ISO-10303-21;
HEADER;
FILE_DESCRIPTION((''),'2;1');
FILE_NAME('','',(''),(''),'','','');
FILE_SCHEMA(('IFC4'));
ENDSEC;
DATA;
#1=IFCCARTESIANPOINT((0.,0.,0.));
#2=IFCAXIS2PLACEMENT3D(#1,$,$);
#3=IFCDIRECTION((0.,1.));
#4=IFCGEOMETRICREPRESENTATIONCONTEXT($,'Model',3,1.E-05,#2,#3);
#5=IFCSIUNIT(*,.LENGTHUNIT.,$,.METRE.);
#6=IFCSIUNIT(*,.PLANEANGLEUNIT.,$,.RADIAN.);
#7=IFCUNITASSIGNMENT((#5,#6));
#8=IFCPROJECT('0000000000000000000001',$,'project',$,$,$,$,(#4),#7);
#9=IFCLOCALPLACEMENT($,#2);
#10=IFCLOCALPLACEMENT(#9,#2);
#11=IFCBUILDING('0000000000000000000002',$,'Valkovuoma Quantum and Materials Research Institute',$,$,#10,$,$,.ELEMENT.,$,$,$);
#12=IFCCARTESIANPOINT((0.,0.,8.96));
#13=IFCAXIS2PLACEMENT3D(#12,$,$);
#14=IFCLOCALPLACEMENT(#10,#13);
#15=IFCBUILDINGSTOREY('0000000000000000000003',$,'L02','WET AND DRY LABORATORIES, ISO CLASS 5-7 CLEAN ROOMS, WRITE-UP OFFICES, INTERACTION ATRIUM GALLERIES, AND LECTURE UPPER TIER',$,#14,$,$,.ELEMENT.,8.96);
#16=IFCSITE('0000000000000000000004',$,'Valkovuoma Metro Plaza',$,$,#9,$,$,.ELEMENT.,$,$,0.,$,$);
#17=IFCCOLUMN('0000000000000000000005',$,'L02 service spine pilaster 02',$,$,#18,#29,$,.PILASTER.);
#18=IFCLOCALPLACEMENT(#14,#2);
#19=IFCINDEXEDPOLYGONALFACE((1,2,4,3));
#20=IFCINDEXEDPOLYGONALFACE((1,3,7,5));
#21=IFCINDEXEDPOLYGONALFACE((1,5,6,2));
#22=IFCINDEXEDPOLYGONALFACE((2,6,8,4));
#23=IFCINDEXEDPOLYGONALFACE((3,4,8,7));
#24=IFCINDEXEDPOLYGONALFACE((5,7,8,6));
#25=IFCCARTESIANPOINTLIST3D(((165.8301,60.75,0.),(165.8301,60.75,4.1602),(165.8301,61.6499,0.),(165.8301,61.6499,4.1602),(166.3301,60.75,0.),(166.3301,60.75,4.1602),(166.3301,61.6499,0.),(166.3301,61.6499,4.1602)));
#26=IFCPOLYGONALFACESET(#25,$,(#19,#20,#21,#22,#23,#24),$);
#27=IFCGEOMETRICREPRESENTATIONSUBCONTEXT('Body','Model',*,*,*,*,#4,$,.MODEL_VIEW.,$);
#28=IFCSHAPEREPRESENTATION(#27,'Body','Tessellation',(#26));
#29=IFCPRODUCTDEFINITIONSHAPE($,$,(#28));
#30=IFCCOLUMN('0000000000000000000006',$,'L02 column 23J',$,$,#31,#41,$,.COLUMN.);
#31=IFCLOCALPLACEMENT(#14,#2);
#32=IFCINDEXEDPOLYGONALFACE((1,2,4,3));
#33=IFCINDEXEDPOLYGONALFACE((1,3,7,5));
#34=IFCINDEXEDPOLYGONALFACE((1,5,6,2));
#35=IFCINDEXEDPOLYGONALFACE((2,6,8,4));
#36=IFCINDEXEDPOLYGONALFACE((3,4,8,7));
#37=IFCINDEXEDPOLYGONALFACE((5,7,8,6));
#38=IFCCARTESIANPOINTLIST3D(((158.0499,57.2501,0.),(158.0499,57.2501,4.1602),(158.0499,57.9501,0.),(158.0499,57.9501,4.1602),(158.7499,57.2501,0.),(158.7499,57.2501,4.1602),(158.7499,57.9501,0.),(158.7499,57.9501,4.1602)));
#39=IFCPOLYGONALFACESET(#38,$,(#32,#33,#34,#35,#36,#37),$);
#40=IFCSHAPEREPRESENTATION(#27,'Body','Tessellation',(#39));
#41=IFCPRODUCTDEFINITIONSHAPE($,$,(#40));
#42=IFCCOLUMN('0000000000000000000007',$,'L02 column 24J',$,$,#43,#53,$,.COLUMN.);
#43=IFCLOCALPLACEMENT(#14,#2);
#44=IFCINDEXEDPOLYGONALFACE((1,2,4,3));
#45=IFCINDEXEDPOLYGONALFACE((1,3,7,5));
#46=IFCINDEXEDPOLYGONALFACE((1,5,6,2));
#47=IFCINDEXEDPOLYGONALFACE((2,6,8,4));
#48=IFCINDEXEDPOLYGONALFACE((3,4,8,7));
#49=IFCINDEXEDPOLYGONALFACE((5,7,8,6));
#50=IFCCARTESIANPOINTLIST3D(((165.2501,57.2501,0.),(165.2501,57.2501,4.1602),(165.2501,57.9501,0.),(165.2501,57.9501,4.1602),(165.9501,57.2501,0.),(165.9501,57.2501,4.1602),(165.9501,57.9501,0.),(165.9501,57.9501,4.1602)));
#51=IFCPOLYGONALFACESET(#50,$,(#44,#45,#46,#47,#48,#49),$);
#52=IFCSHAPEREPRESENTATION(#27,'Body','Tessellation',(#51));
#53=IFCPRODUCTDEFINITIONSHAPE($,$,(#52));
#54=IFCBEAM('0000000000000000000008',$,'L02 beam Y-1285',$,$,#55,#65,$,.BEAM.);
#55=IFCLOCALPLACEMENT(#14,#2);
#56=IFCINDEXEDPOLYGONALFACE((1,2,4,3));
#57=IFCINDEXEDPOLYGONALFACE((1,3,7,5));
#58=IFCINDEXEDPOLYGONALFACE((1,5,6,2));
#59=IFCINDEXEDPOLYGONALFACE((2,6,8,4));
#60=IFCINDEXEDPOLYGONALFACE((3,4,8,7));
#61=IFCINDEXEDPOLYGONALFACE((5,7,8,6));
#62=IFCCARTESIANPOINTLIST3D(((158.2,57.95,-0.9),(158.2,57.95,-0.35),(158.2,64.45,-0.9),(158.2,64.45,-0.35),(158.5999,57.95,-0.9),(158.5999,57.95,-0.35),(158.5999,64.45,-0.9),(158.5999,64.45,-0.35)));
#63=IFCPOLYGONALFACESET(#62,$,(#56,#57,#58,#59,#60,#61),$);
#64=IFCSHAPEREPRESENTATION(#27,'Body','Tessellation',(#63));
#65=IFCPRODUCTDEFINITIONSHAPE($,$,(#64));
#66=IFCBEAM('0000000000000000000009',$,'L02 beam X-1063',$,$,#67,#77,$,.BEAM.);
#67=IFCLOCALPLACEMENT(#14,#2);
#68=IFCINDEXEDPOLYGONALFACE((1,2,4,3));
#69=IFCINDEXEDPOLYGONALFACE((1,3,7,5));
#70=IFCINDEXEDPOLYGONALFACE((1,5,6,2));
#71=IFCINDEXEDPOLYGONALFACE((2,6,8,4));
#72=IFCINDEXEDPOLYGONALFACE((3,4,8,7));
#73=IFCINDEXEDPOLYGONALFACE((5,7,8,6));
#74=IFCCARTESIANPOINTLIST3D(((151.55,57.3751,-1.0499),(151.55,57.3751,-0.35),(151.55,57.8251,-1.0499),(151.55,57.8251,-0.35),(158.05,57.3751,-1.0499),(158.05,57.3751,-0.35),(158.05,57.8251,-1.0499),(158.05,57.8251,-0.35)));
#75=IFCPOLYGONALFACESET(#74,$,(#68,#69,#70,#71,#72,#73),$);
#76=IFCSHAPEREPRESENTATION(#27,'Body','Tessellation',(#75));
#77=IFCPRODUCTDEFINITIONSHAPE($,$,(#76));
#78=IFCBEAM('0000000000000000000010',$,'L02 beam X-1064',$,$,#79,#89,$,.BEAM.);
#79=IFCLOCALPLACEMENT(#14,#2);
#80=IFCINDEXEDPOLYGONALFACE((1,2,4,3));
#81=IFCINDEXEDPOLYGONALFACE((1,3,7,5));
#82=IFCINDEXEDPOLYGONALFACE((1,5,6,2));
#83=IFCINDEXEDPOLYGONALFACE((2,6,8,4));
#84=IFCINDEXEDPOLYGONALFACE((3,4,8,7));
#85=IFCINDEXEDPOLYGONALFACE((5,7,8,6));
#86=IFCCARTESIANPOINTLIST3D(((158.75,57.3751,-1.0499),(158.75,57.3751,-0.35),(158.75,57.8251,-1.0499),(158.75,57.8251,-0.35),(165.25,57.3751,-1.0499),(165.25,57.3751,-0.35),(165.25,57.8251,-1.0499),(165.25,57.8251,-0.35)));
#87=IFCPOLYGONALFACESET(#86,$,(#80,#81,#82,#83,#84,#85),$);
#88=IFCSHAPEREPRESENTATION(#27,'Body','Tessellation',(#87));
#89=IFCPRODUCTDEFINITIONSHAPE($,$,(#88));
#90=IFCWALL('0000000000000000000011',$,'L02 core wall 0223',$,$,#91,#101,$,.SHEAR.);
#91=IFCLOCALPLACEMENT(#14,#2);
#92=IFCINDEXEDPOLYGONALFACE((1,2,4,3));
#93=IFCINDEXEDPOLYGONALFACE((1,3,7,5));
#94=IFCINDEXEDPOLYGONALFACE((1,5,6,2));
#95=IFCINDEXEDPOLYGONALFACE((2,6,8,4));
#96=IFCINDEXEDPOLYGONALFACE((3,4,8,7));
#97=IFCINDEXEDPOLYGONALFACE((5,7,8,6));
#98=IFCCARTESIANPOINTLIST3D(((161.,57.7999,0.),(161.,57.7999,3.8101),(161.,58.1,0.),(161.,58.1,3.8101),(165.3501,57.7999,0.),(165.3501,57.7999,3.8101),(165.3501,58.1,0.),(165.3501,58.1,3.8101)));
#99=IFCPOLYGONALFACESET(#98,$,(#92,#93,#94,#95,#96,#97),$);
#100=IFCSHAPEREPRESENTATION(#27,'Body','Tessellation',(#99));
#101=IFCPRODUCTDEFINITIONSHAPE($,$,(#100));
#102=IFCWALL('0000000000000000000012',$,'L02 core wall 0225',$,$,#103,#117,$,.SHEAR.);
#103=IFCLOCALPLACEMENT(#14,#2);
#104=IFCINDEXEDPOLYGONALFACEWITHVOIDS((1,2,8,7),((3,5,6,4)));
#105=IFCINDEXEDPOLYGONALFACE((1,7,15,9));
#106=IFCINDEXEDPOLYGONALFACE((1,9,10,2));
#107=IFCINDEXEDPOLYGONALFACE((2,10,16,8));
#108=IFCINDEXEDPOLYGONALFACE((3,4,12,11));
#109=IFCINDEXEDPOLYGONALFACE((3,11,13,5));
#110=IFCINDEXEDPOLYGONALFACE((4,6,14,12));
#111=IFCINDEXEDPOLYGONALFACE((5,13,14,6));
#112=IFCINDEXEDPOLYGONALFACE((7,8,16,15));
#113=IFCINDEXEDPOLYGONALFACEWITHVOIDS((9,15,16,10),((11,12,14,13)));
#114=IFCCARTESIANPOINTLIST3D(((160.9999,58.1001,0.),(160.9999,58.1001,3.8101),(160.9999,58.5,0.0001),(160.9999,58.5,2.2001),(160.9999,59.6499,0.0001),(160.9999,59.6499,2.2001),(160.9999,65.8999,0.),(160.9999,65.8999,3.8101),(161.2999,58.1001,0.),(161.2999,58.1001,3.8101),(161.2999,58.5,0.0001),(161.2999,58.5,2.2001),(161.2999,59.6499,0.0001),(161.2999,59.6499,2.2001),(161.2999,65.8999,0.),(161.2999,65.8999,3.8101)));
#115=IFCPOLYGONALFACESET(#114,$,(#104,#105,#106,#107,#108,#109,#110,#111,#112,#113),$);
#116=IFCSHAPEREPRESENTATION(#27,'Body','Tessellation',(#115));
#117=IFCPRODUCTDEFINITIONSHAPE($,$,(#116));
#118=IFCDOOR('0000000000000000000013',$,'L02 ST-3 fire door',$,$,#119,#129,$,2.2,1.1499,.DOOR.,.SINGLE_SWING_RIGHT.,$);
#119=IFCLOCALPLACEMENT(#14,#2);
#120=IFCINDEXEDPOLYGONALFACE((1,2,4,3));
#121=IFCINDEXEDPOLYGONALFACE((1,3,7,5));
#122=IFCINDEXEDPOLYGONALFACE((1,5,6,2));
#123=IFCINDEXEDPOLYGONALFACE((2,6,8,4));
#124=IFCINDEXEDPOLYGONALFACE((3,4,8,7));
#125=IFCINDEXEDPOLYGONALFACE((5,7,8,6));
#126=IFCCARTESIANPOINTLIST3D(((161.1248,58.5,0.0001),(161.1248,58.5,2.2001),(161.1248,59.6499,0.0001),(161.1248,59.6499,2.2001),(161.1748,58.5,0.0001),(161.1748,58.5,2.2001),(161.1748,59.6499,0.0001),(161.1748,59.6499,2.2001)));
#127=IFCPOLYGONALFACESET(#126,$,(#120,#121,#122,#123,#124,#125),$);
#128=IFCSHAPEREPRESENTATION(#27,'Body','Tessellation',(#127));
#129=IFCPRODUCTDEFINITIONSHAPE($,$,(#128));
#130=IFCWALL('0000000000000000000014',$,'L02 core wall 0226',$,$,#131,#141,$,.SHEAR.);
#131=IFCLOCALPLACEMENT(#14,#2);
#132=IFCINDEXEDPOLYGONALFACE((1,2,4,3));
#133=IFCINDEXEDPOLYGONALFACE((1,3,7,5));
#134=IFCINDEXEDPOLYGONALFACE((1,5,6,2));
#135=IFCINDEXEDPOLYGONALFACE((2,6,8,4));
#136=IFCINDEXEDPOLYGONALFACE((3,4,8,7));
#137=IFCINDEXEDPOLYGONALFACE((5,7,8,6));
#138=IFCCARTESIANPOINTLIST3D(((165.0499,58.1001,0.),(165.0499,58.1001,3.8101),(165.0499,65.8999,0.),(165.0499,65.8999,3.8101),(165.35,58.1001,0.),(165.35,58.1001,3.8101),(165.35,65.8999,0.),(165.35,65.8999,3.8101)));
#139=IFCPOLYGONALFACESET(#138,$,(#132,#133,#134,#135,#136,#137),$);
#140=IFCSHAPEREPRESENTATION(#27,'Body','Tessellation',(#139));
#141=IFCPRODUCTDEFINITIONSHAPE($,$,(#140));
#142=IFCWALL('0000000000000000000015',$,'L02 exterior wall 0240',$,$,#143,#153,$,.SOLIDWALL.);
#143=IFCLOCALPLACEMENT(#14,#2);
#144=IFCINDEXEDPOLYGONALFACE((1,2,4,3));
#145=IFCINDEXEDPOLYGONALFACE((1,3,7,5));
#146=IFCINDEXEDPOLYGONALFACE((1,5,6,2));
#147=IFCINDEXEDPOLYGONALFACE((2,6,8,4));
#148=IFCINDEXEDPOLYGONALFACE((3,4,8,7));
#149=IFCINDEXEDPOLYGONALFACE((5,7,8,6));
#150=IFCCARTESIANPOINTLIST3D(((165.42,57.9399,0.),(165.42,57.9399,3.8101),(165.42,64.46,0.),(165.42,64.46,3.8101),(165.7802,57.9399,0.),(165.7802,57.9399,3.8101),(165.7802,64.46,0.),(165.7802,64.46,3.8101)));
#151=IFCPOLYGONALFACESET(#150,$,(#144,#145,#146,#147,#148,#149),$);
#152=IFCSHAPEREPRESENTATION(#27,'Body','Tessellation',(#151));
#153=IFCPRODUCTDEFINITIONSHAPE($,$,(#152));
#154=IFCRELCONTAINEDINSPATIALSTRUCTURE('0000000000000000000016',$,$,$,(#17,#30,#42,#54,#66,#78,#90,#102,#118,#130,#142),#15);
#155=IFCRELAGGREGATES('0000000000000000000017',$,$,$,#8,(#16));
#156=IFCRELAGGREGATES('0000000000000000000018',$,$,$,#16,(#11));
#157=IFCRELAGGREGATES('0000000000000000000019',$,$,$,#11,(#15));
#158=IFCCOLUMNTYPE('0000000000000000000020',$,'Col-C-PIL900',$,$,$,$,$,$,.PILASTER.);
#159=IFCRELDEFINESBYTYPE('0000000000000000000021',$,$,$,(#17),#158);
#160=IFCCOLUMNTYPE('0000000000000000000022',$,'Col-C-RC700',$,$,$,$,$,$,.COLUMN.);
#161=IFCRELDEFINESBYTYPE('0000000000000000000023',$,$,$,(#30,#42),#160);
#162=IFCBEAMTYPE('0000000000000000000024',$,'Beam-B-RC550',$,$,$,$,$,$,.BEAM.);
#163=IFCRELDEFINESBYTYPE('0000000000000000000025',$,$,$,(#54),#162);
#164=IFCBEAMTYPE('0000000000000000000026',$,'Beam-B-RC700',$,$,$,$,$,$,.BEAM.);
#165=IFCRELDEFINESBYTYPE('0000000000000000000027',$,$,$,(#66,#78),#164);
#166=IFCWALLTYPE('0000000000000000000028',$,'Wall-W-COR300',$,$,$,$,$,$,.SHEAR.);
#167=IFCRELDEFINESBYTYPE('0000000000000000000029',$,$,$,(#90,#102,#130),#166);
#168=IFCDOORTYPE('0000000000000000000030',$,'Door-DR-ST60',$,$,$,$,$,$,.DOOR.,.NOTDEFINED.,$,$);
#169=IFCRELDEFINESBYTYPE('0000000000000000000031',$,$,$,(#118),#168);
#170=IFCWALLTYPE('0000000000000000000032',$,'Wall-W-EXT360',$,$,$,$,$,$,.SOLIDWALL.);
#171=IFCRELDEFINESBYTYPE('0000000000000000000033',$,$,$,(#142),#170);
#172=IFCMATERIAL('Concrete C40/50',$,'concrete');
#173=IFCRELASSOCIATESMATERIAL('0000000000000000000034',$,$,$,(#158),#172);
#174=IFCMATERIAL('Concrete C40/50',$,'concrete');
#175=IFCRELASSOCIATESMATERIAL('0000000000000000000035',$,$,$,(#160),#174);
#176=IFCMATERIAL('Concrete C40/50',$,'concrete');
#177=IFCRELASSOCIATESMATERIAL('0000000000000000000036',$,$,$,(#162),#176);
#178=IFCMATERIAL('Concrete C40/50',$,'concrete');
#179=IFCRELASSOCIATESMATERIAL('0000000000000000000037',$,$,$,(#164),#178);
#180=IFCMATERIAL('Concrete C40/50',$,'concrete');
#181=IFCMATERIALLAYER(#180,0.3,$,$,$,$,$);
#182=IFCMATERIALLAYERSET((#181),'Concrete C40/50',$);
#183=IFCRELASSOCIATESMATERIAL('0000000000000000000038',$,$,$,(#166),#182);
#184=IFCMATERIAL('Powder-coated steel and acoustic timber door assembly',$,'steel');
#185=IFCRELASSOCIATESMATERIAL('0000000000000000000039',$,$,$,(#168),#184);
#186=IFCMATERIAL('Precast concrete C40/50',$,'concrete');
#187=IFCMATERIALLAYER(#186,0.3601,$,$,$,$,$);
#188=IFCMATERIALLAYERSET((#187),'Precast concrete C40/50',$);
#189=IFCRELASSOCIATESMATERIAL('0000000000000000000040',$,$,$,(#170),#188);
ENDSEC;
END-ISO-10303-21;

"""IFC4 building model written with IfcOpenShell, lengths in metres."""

from ifc_helpers import new_model, si_unit, direction, frame, frame_2d, origin, origin_2d, place, context, subcontext, project, spatial, rectangle, extrude, material, layer, layer_set, material_profile, profile_set, type_object, element, fill, save


model = new_model("IFC4")

# Units and contexts
model_context = context("Model", 3, precision=1e-05, world=origin(), true_north=direction((0.0, 1.0)))
body_context = subcontext(model_context, "Body", "Model", "MODEL_VIEW")
ifc_project = project(units=[si_unit("LENGTHUNIT", "METRE"), si_unit("PLANEANGLEUNIT", "RADIAN")], contexts=[model_context])

# Site, building, storey
site_placement = place(None, origin())
site = spatial("IfcSite", under=ifc_project, at=site_placement, Name="Valkovuoma Metro Plaza", CompositionType="ELEMENT", RefElevation=0.0)
building_placement = place(site_placement, origin())
building = spatial("IfcBuilding", under=site, at=building_placement, Name="Valkovuoma Quantum and Materials Research Institute", CompositionType="ELEMENT")
storey_placement = place(building_placement, frame((0.0, 0.0, 8.96)))
storey = spatial("IfcBuildingStorey", under=building, at=storey_placement, Name="L02", Description="WET AND DRY LABORATORIES, ISO CLASS 5-7 CLEAN ROOMS, WRITE-UP OFFICES, INTERACTION ATRIUM GALLERIES, AND LECTURE UPPER TIER", CompositionType="ELEMENT", Elevation=8.96)

# Columns
ifc_material_1 = material(Name="Concrete C40/50", Category="concrete")
ifc_material_profile_1 = material_profile(ifc_material_1, rectangle(XDim=0.5, YDim=0.8999, at=origin_2d()), Name="Concrete C40/50")
ifc_profile_set_1 = profile_set([ifc_material_profile_1], Name="Concrete C40/50")
column_type_1 = type_object("IfcColumnType", Name="Col-C-PIL900", PredefinedType="PILASTER", material=ifc_profile_set_1)
column_placement = place(storey_placement, frame((166.0801, 61.2, 0.0), z_axis=(0.0, 0.0, 1.0), x_axis=(1.0, 0.0, 0.0)))
element("IfcColumn", 1, at=column_placement, inside=storey, type_object=column_type_1, Name="L02 service spine pilaster 02", PredefinedType="PILASTER", context=body_context, shape_type="SweptSolid", body=[
    extrude(rectangle(XDim=0.5, YDim=0.8999, at=origin_2d()), origin(), (0.0, 0.0, 1.0), 4.1602),
])
ifc_material_2 = material(Name="Concrete C40/50", Category="concrete")
ifc_material_profile_2 = material_profile(ifc_material_2, rectangle(XDim=0.7, YDim=0.7, at=origin_2d()), Name="Concrete C40/50")
ifc_profile_set_2 = profile_set([ifc_material_profile_2], Name="Concrete C40/50")
column_type_2 = type_object("IfcColumnType", Name="Col-C-RC700", PredefinedType="COLUMN", material=ifc_profile_set_2)
for number, where, z_axis, x_axis, name in (
    (2, (158.3999, 57.6001, 0.0), (0.0, 0.0, 1.0), (1.0, 0.0, 0.0), "L02 column 23J"),
    (3, (165.6001, 57.6001, 0.0), (0.0, 0.0, 1.0), (1.0, 0.0, 0.0), "L02 column 24J"),
):
    element("IfcColumn", number, at=place(storey_placement, frame(where, z_axis=z_axis, x_axis=x_axis)), inside=storey, type_object=column_type_2, Name=name, PredefinedType="COLUMN", context=body_context, shape_type="SweptSolid", body=[
        extrude(rectangle(XDim=0.7, YDim=0.7, at=origin_2d()), origin(), (0.0, 0.0, 1.0), 4.1602),
    ])

# Beams
ifc_material_3 = material(Name="Concrete C40/50", Category="concrete")
ifc_material_profile_3 = material_profile(ifc_material_3, rectangle(XDim=0.3999, YDim=0.55, at=origin_2d()), Name="Concrete C40/50")
ifc_profile_set_3 = profile_set([ifc_material_profile_3], Name="Concrete C40/50")
beam_type_1 = type_object("IfcBeamType", Name="Beam-B-RC550", PredefinedType="BEAM", material=ifc_profile_set_3)
beam_placement = place(storey_placement, frame((158.3999, 57.95, -0.625), z_axis=(0.0, 1.0, 0.0), x_axis=(-1.0, 0.0, 0.0)))
element("IfcBeam", 4, at=beam_placement, inside=storey, type_object=beam_type_1, Name="L02 beam Y-1285", PredefinedType="BEAM", context=body_context, shape_type="SweptSolid", body=[
    extrude(rectangle(XDim=0.3999, YDim=0.55, at=origin_2d()), origin(), (0.0, 0.0, 1.0), 6.5),
])
ifc_material_4 = material(Name="Concrete C40/50", Category="concrete")
ifc_material_profile_4 = material_profile(ifc_material_4, rectangle(XDim=0.45, YDim=0.7, at=origin_2d()), Name="Concrete C40/50")
ifc_profile_set_4 = profile_set([ifc_material_profile_4], Name="Concrete C40/50")
beam_type_2 = type_object("IfcBeamType", Name="Beam-B-RC700", PredefinedType="BEAM", material=ifc_profile_set_4)
for number, where, z_axis, x_axis, name in (
    (5, (151.55, 57.6001, -0.7), (1.0, 0.0, 0.0), (0.0, 1.0, 0.0), "L02 beam X-1063"),
    (6, (158.75, 57.6001, -0.7), (1.0, 0.0, 0.0), (0.0, 1.0, 0.0), "L02 beam X-1064"),
):
    element("IfcBeam", number, at=place(storey_placement, frame(where, z_axis=z_axis, x_axis=x_axis)), inside=storey, type_object=beam_type_2, Name=name, PredefinedType="BEAM", context=body_context, shape_type="SweptSolid", body=[
        extrude(rectangle(XDim=0.45, YDim=0.7, at=origin_2d()), origin(), (0.0, 0.0, 1.0), 6.5),
    ])

# Wall
ifc_material_5 = material(Name="Concrete C40/50", Category="concrete")
ifc_layer_1 = layer(ifc_material_5, 0.3)
ifc_layer_set_1 = layer_set([ifc_layer_1], Name="Concrete C40/50")
wall_type_1 = type_object("IfcWallType", Name="Wall-W-COR300", PredefinedType="SHEAR", material=ifc_layer_set_1)
wall_1_placement = place(storey_placement, frame((161.0, 57.95, 0.0), z_axis=(0.0, 0.0, 1.0), x_axis=(1.0, 0.0, 0.0)))
element("IfcWall", 7, at=wall_1_placement, inside=storey, type_object=wall_type_1, Name="L02 core wall 0223", PredefinedType="SHEAR", context=body_context, shape_type="SweptSolid", body=[
    extrude(rectangle(XDim=4.3501, YDim=0.3, at=frame_2d((2.175, 0.0))), origin(), (0.0, 0.0, 1.0), 3.8101),
])

# Wall, opening, door
wall_2_placement = place(storey_placement, frame((161.1499, 58.1001, 0.0), z_axis=(0.0, 0.0, 1.0), x_axis=(0.0, 1.0, 0.0)))
wall_2 = element("IfcWall", 8, at=wall_2_placement, inside=storey, type_object=wall_type_1, Name="L02 core wall 0225", PredefinedType="SHEAR", context=body_context, shape_type="SweptSolid", body=[
    extrude(rectangle(XDim=7.7998, YDim=0.3, at=frame_2d((3.8999, 0.0))), origin(), (0.0, 0.0, 1.0), 3.8101),
])
opening_placement = place(wall_2_placement, frame((0.3999, 0.0, 0.0)))
opening = element("IfcOpeningElement", 9, at=opening_placement, cuts=wall_2, PredefinedType="OPENING", context=body_context, shape_type="SweptSolid", body=[
    extrude(rectangle(XDim=1.1499, YDim=2.2, at=frame_2d((0.575, 1.1001))), frame((0.0, 0.1602, 0.0), z_axis=(0.0, -1.0, 0.0), x_axis=(1.0, 0.0, 0.0)), (0.0, 0.0, 1.0), 0.3201),
])
ifc_material_6 = material(Name="Powder-coated steel and acoustic timber door assembly", Category="steel")
door_type = type_object("IfcDoorType", Name="Door-DR-ST60", OperationType="NOTDEFINED", PredefinedType="DOOR", material=ifc_material_6)
door_placement = place(opening_placement, frame((1.1499, 0.0, 0.0), z_axis=(0.0, 0.0, 1.0), x_axis=(-1.0, 0.0, 0.0)))
door = element("IfcDoor", 10, at=door_placement, inside=storey, type_object=door_type, Name="L02 ST-3 fire door", OperationType="SINGLE_SWING_RIGHT", OverallHeight=2.2, OverallWidth=1.1499, PredefinedType="DOOR", context=body_context, shape_type="SweptSolid", body=[
    extrude(rectangle(XDim=1.1499, YDim=2.2, at=frame_2d((0.575, 1.1001))), frame((0.0, 0.0249, 0.0), z_axis=(0.0, -1.0, 0.0), x_axis=(1.0, 0.0, 0.0)), (0.0, 0.0, 1.0), 0.05),
])
fill(opening, door)

# Walls
wall_3_placement = place(storey_placement, frame((165.2, 58.1001, 0.0), z_axis=(0.0, 0.0, 1.0), x_axis=(0.0, 1.0, 0.0)))
element("IfcWall", 11, at=wall_3_placement, inside=storey, type_object=wall_type_1, Name="L02 core wall 0226", PredefinedType="SHEAR", context=body_context, shape_type="SweptSolid", body=[
    extrude(rectangle(XDim=7.7998, YDim=0.3, at=frame_2d((3.8999, 0.0))), origin(), (0.0, 0.0, 1.0), 3.8101),
])
ifc_material_7 = material(Name="Precast concrete C40/50", Category="concrete")
ifc_layer_2 = layer(ifc_material_7, 0.3601)
ifc_layer_set_2 = layer_set([ifc_layer_2], Name="Precast concrete C40/50")
wall_type_2 = type_object("IfcWallType", Name="Wall-W-EXT360", PredefinedType="SOLIDWALL", material=ifc_layer_set_2)
wall_4_placement = place(storey_placement, frame((165.6001, 57.9399, 0.0), z_axis=(0.0, 0.0, 1.0), x_axis=(0.0, 1.0, 0.0)))
element("IfcWall", 12, at=wall_4_placement, inside=storey, type_object=wall_type_2, Name="L02 exterior wall 0240", PredefinedType="SOLIDWALL", context=body_context, shape_type="SweptSolid", body=[
    extrude(rectangle(XDim=6.52, YDim=0.3601, at=frame_2d((3.26, 0.0))), origin(), (0.0, 0.0, 1.0), 3.8101),
])

save(model, "model.ifc")
